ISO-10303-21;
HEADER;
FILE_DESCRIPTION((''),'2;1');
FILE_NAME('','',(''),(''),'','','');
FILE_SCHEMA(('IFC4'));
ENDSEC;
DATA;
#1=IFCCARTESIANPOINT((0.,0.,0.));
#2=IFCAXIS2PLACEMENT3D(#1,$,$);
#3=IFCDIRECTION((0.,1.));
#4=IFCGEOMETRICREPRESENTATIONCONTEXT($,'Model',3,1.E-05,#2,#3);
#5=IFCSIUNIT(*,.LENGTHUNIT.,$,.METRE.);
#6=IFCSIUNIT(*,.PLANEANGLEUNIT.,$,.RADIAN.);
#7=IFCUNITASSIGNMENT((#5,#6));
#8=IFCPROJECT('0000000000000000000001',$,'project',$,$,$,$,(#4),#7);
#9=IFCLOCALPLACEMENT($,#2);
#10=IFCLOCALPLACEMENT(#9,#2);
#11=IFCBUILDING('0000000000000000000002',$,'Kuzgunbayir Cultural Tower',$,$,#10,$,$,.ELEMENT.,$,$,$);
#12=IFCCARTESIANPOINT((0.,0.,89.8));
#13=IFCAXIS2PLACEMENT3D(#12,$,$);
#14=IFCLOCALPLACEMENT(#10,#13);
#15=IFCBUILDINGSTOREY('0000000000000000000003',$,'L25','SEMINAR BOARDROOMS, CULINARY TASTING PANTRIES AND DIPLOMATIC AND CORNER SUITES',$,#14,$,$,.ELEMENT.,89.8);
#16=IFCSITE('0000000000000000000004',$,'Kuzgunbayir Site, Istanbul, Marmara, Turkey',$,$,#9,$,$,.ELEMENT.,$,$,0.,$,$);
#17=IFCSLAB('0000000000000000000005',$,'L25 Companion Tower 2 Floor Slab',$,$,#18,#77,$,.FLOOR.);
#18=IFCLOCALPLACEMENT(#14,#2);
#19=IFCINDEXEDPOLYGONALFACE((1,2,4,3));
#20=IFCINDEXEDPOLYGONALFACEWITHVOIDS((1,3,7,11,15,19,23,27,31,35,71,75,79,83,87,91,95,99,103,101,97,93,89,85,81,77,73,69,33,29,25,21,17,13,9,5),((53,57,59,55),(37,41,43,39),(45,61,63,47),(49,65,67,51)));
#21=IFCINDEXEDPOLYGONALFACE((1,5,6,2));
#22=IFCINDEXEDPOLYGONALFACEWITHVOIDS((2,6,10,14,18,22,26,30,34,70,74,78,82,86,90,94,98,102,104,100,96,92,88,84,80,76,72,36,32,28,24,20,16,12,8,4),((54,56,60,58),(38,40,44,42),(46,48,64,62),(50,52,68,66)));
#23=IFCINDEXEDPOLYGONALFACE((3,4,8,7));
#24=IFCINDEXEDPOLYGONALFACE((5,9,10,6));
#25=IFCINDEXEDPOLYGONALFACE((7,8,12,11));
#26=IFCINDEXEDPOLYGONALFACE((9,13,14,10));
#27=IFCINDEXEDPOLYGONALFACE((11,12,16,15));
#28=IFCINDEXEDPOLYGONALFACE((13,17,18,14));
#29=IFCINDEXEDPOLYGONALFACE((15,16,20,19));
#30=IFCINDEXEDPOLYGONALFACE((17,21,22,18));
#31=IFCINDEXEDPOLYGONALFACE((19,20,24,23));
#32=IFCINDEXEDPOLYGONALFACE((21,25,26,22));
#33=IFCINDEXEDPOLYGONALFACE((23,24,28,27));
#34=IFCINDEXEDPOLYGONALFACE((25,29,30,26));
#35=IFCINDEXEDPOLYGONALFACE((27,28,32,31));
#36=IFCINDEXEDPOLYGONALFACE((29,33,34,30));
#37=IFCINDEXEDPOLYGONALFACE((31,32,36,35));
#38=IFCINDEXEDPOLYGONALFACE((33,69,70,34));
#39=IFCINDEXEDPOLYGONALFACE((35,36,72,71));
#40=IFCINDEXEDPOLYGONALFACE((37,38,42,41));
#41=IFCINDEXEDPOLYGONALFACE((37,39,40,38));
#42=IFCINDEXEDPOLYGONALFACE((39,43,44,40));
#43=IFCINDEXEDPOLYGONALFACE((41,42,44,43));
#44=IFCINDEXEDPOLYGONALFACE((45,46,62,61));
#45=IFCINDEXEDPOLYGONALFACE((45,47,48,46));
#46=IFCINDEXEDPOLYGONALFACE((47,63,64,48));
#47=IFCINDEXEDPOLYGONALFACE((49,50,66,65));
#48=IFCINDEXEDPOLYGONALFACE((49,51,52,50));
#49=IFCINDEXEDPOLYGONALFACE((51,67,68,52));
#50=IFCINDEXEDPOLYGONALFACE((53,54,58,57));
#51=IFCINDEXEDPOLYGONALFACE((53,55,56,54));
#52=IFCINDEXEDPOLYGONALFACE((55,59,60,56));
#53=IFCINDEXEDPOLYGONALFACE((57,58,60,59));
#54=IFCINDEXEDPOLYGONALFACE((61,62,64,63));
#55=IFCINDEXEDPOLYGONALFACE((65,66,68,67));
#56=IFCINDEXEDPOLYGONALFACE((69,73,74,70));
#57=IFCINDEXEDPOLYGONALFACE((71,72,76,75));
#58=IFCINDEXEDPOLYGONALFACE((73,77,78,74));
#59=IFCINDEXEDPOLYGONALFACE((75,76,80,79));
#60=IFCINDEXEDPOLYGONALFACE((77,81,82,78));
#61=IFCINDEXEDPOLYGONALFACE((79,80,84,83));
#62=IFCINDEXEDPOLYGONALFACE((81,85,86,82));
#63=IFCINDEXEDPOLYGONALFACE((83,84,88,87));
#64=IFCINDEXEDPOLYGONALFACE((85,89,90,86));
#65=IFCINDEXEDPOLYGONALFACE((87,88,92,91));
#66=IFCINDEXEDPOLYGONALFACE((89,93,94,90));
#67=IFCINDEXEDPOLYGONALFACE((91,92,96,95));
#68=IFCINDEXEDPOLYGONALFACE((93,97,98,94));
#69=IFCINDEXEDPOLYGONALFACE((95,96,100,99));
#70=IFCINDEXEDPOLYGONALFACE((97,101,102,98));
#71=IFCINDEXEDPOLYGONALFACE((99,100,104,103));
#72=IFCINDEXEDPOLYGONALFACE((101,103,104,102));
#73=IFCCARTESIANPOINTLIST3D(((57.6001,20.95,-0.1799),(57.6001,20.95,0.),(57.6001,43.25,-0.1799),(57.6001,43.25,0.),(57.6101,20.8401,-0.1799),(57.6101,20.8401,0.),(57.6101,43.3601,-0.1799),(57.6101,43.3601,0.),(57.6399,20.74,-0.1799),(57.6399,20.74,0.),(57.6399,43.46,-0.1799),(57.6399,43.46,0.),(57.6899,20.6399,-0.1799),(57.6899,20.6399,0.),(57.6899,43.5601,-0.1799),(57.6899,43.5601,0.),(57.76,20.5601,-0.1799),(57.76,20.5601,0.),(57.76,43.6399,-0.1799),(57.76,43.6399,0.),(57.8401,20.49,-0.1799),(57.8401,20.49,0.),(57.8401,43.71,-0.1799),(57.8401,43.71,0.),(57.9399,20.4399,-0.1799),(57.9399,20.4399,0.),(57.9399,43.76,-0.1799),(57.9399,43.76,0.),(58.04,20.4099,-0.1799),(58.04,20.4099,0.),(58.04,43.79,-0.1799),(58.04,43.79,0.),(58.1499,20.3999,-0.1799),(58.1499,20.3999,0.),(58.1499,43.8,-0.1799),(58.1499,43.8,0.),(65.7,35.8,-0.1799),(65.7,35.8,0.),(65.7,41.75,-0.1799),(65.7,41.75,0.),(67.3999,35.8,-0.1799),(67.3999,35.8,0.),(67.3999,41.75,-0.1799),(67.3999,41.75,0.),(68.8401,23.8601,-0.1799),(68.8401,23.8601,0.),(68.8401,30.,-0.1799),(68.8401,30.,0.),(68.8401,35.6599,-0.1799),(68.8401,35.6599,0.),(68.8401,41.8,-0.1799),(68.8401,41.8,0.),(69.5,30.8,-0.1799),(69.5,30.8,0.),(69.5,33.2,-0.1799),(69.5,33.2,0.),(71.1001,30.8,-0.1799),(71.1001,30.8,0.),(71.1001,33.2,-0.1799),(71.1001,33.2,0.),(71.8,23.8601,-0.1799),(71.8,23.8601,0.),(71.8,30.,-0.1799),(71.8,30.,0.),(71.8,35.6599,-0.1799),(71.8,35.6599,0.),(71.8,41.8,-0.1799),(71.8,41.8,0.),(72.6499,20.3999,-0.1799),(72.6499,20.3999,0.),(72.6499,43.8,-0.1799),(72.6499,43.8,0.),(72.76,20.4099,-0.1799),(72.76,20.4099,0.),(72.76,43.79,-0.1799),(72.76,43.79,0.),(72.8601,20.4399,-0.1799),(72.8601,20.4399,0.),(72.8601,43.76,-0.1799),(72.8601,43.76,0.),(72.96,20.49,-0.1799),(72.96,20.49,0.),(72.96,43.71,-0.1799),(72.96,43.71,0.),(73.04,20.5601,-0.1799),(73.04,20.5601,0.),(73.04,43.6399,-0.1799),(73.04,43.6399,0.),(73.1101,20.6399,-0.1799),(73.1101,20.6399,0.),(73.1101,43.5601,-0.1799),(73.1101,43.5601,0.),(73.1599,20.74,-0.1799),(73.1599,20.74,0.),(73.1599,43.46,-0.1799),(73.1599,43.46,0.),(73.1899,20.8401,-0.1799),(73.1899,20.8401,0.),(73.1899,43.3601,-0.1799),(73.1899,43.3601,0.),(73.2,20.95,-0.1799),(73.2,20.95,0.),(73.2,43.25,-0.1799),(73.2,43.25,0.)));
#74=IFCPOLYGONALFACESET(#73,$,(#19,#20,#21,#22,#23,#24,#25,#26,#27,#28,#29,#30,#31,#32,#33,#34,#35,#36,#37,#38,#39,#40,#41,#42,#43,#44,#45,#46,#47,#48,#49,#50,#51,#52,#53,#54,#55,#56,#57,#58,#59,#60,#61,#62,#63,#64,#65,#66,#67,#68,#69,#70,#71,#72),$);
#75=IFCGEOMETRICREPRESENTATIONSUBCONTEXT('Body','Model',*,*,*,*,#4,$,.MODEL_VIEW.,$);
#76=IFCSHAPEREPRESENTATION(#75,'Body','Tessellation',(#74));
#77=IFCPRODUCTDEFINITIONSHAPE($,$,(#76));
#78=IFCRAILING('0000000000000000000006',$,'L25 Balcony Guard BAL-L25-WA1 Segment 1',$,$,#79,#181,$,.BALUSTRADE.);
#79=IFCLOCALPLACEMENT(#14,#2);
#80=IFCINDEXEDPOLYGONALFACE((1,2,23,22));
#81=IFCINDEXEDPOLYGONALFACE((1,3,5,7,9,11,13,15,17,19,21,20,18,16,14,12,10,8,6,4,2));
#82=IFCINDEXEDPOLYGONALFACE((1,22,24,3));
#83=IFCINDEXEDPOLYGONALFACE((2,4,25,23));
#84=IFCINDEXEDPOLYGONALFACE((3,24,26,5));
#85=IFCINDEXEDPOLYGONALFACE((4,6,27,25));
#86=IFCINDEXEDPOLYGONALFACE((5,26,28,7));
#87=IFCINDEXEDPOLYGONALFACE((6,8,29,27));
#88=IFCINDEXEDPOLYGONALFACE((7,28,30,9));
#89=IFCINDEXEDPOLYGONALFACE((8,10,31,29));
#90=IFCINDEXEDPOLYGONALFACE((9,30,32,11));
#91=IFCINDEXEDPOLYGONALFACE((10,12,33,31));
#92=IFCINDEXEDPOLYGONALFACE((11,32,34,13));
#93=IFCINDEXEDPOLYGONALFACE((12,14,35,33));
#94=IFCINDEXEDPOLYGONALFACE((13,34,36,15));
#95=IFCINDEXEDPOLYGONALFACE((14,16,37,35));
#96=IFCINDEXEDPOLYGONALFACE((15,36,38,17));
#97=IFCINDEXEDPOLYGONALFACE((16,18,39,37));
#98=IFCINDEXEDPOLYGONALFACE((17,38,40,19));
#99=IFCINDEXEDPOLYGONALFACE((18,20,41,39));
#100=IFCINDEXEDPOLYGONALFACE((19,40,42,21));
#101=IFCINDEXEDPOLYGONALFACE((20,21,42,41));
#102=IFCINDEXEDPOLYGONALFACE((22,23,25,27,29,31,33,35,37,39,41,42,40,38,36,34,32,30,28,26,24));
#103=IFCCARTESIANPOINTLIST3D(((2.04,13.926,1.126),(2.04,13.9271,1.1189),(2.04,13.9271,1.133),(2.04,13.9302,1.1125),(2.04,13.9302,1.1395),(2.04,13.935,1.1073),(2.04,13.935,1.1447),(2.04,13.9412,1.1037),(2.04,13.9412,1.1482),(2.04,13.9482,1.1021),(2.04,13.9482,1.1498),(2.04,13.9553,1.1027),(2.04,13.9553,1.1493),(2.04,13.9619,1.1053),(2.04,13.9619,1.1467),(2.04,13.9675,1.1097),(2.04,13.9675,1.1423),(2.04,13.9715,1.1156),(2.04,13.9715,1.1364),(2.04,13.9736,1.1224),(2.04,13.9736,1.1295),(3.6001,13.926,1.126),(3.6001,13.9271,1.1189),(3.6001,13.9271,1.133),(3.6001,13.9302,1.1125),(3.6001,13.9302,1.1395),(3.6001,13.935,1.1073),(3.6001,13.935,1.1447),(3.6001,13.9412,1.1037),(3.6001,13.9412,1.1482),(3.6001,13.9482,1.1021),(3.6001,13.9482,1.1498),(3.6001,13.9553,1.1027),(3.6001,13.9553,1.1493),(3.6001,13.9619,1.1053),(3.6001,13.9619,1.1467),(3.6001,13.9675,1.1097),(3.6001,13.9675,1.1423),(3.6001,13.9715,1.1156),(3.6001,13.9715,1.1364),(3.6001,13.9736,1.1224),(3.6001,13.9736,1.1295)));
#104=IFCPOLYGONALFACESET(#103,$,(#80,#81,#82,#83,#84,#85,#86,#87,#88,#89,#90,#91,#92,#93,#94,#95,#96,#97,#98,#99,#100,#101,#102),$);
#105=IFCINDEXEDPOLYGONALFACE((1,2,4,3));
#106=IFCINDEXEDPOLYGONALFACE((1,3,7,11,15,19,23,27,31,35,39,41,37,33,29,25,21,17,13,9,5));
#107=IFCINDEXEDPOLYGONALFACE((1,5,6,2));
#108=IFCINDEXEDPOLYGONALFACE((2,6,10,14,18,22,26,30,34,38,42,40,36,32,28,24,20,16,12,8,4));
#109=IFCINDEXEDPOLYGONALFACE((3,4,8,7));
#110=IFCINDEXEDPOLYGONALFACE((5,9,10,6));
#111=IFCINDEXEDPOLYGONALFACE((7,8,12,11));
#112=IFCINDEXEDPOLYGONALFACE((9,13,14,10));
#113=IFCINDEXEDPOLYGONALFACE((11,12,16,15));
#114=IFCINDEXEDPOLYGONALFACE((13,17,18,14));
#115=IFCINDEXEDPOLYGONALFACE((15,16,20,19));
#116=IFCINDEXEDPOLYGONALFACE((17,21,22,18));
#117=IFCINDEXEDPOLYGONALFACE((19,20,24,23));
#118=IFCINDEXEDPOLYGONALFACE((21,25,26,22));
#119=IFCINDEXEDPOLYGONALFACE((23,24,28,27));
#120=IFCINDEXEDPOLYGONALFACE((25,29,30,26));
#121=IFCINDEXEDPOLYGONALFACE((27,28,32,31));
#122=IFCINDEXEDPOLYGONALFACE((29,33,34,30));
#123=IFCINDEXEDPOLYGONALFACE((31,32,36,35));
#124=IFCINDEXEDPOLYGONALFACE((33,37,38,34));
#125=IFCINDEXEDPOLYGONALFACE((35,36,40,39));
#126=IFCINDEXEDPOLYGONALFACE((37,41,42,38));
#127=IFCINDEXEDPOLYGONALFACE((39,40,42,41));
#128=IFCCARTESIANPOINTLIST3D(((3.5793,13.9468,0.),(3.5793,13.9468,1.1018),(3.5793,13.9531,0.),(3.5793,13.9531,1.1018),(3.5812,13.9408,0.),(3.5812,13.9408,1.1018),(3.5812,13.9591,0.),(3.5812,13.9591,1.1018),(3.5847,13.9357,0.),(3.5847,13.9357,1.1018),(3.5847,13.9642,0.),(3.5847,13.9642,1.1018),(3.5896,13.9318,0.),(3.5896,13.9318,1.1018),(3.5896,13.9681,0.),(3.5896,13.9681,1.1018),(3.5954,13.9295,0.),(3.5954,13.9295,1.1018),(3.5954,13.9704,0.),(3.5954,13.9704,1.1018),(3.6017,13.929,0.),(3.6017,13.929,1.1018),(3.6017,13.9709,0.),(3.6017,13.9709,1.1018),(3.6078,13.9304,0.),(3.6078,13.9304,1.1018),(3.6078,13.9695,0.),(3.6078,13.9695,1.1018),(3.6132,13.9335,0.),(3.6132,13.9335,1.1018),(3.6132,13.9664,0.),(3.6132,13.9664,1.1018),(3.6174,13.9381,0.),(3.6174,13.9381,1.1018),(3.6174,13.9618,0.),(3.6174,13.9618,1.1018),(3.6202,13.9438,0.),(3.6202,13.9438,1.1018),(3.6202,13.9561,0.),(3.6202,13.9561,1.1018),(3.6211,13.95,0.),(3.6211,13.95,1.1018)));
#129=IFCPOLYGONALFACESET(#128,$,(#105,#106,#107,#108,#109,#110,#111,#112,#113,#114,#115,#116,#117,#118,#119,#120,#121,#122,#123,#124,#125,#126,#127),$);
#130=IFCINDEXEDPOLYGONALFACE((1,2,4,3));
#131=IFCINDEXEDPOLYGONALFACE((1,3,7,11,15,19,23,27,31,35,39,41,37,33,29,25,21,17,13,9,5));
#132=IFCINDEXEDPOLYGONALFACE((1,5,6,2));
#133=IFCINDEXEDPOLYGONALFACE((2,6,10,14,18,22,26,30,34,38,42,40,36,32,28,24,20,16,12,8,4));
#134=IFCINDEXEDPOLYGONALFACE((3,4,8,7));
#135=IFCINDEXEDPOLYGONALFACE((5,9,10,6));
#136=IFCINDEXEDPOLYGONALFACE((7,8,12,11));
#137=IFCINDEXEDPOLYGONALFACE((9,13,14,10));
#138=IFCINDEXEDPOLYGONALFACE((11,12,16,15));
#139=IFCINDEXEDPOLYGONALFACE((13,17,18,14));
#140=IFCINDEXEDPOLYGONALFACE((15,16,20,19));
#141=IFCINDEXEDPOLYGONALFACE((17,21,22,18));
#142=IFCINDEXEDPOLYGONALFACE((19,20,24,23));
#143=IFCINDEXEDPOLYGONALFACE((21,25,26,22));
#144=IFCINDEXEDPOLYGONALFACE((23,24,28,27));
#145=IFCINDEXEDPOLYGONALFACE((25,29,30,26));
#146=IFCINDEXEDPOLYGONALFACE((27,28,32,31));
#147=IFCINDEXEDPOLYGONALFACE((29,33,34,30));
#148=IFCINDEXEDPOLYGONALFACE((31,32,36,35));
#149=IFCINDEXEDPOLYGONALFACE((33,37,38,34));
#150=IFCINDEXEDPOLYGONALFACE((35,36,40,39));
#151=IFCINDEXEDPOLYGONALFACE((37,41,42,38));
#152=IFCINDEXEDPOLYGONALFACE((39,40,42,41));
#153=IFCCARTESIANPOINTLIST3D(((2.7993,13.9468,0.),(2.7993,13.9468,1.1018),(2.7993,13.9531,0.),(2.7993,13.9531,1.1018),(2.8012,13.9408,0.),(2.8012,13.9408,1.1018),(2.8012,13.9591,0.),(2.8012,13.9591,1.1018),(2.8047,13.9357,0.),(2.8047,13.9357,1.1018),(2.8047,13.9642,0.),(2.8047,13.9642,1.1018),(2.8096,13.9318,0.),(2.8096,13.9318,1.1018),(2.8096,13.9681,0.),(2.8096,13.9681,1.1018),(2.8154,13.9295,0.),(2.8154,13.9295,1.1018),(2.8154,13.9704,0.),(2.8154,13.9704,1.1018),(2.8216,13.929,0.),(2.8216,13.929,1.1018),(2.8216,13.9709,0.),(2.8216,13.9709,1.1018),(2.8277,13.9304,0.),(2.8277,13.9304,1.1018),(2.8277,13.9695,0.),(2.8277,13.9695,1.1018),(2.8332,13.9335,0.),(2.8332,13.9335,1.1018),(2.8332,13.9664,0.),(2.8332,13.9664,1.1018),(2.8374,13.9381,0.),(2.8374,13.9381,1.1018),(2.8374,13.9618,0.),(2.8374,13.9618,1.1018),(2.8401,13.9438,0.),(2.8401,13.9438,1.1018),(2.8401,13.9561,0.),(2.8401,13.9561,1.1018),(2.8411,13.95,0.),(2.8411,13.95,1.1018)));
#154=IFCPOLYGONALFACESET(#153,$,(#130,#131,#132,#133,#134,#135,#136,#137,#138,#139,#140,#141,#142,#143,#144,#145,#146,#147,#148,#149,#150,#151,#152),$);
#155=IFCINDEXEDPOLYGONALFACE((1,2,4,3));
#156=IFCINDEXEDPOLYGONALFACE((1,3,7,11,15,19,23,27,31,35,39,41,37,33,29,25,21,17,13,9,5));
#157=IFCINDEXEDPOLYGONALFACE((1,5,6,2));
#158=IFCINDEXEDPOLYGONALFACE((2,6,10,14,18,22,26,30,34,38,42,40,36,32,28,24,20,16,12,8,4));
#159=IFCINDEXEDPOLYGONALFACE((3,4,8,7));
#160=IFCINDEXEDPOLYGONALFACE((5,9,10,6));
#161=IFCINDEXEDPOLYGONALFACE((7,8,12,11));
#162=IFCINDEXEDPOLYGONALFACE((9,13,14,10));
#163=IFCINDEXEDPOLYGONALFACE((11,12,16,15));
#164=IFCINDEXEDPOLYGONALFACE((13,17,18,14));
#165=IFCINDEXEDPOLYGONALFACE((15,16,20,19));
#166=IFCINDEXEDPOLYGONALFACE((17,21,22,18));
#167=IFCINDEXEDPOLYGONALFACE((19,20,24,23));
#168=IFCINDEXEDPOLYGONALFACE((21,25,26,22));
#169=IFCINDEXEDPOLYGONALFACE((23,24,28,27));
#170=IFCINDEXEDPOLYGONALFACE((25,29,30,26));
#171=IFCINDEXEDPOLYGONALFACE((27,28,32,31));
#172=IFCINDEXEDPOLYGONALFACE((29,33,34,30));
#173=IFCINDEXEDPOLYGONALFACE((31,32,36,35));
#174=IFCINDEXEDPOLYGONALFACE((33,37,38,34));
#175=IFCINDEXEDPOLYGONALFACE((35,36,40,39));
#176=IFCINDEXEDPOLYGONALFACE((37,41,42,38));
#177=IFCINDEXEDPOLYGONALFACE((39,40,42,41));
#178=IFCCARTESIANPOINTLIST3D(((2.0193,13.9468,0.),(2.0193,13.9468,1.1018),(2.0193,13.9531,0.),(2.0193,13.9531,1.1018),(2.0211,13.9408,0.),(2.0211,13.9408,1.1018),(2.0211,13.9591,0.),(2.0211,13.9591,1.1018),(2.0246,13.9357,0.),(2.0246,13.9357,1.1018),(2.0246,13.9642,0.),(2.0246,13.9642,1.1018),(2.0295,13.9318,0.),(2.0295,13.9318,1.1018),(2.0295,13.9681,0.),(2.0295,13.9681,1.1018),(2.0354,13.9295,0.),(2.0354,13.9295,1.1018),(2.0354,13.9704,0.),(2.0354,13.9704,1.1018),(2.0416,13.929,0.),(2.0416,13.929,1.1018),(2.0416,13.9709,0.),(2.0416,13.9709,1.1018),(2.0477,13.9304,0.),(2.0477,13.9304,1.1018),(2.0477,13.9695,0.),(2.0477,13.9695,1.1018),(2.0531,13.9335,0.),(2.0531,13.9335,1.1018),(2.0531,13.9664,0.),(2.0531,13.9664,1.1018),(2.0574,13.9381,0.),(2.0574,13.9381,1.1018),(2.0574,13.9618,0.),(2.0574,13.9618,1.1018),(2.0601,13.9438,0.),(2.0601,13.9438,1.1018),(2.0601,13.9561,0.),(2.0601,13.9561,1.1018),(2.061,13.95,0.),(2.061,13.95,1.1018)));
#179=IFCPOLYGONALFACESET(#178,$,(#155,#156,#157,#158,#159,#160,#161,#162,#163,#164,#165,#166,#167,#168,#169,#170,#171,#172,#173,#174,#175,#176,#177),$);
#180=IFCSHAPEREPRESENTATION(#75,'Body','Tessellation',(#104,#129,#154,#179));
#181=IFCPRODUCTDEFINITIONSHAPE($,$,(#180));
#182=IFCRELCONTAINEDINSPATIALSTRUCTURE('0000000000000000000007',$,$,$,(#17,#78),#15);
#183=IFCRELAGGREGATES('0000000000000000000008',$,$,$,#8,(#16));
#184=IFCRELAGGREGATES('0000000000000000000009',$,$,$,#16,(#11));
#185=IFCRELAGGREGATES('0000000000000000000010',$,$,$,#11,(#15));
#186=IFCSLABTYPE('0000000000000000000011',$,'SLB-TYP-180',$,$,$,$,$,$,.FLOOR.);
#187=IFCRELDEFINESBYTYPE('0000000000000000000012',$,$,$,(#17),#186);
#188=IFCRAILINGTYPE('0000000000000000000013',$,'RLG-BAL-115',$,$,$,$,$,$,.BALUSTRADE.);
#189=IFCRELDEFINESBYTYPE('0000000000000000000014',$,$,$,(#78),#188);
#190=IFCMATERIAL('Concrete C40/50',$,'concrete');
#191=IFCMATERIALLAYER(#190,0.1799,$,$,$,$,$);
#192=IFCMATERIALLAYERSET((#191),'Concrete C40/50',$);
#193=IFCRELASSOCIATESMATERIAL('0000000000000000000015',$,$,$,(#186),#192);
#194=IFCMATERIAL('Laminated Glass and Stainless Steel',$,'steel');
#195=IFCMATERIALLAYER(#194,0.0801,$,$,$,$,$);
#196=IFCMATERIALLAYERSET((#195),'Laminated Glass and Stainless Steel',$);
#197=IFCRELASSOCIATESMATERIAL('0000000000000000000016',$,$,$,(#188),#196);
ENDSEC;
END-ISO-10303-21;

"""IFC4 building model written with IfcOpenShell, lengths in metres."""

from ifc_helpers import new_model, si_unit, direction, frame, origin, origin_2d, place, context, subcontext, project, spatial, polyline, circle, outline, extrude, material, layer, layer_set, type_object, element, save


model = new_model("IFC4")

# Units and contexts
model_context = context("Model", 3, precision=1e-05, world=origin(), true_north=direction((0.0, 1.0)))
body_context = subcontext(model_context, "Body", "Model", "MODEL_VIEW")
ifc_project = project(units=[si_unit("LENGTHUNIT", "METRE"), si_unit("PLANEANGLEUNIT", "RADIAN")], contexts=[model_context])

# Site, building, storey
site_placement = place(None, origin())
site = spatial("IfcSite", under=ifc_project, at=site_placement, Name="Kuzgunbayir Site, Istanbul, Marmara, Turkey", CompositionType="ELEMENT", RefElevation=0.0)
building_placement = place(site_placement, origin())
building = spatial("IfcBuilding", under=site, at=building_placement, Name="Kuzgunbayir Cultural Tower", CompositionType="ELEMENT")
storey_placement = place(building_placement, frame((0.0, 0.0, 89.8)))
storey = spatial("IfcBuildingStorey", under=building, at=storey_placement, Name="L25", Description="SEMINAR BOARDROOMS, CULINARY TASTING PANTRIES AND DIPLOMATIC AND CORNER SUITES", CompositionType="ELEMENT", Elevation=89.8)

# Shared definitions
ifc_material_1 = material(Name="Concrete C40/50", Category="concrete")

# Slab
ifc_layer_1 = layer(ifc_material_1, 0.1799)
ifc_layer_set_1 = layer_set([ifc_layer_1], Name="Concrete C40/50")
slab_type_1 = type_object("IfcSlabType", Name="SLB-TYP-180", PredefinedType="FLOOR", material=ifc_layer_set_1)
slab_1_placement = place(storey_placement, frame((0.0, 0.0, -0.1799)))
element("IfcSlab", 1, at=slab_1_placement, inside=storey, type_object=slab_type_1, Name="L25 Companion Tower 2 Floor Slab", PredefinedType="FLOOR", context=body_context, shape_type="SweptSolid", body=[
    extrude(outline(polyline([(72.6499, 20.3999), (72.76, 20.4099), (72.8601, 20.4399), (72.96, 20.49), (73.04, 20.5601), (73.1101, 20.6399), (73.1599, 20.74), (73.1899, 20.8401), (73.2, 20.95), (73.2, 43.25), (73.1899, 43.3601), (73.1599, 43.46), (73.1101, 43.5601), (73.04, 43.6399), (72.96, 43.71), (72.8601, 43.76), (72.76, 43.79), (72.6499, 43.8), (58.1499, 43.8), (58.04, 43.79), (57.9399, 43.76), (57.8401, 43.71), (57.76, 43.6399), (57.6899, 43.5601), (57.6399, 43.46), (57.6101, 43.3601), (57.6001, 43.25), (57.6001, 20.95), (57.6101, 20.8401), (57.6399, 20.74), (57.6899, 20.6399), (57.76, 20.5601), (57.8401, 20.49), (57.9399, 20.4399), (58.04, 20.4099), (58.1499, 20.3999), (72.6499, 20.3999)]), holes=[polyline([(68.8401, 23.8601), (68.8401, 30.0), (71.8, 30.0), (71.8, 23.8601), (68.8401, 23.8601)]), polyline([(68.8401, 35.6599), (68.8401, 41.8), (71.8, 41.8), (71.8, 35.6599), (68.8401, 35.6599)]), polyline([(65.7, 35.8), (65.7, 41.75), (67.3999, 41.75), (67.3999, 35.8), (65.7, 35.8)]), polyline([(69.5, 30.8), (69.5, 33.2), (71.1001, 33.2), (71.1001, 30.8), (69.5, 30.8)])]), origin(), (0.0, 0.0, 1.0), 0.1799),
])

# Railing
ifc_material_2 = material(Name="Laminated Glass and Stainless Steel", Category="steel")
ifc_layer_2 = layer(ifc_material_2, 0.0801)
ifc_layer_set_2 = layer_set([ifc_layer_2], Name="Laminated Glass and Stainless Steel")
railing_type = type_object("IfcRailingType", Name="RLG-BAL-115", PredefinedType="BALUSTRADE", material=ifc_layer_set_2)
railing_1_placement = place(storey_placement, frame((3.6001, 13.95, 0.0)))
element("IfcRailing", 2, at=railing_1_placement, inside=storey, type_object=railing_type, Name="L25 Balcony Guard BAL-L25-WA1 Segment 1", PredefinedType="BALUSTRADE", context=body_context, shape_type="SweptSolid", body=[
    extrude(circle(Radius=0.0239, at=origin_2d()), frame((0.0, 0.0, 1.126), z_axis=(-1.0, 0.0, 0.0), x_axis=(0.0, -1.0, 0.0)), (0.0, 0.0, 1.0), 1.5601),
    extrude(circle(Radius=0.021, at=origin_2d()), origin(), (0.0, 0.0, 1.0), 1.1018),
    extrude(circle(Radius=0.021, at=origin_2d()), frame((-0.78, 0.0, 0.0)), (0.0, 0.0, 1.0), 1.1018),
    extrude(circle(Radius=0.021, at=origin_2d()), frame((-1.5601, 0.0, 0.0)), (0.0, 0.0, 1.0), 1.1018),
])

save(model, "model.ifc")
